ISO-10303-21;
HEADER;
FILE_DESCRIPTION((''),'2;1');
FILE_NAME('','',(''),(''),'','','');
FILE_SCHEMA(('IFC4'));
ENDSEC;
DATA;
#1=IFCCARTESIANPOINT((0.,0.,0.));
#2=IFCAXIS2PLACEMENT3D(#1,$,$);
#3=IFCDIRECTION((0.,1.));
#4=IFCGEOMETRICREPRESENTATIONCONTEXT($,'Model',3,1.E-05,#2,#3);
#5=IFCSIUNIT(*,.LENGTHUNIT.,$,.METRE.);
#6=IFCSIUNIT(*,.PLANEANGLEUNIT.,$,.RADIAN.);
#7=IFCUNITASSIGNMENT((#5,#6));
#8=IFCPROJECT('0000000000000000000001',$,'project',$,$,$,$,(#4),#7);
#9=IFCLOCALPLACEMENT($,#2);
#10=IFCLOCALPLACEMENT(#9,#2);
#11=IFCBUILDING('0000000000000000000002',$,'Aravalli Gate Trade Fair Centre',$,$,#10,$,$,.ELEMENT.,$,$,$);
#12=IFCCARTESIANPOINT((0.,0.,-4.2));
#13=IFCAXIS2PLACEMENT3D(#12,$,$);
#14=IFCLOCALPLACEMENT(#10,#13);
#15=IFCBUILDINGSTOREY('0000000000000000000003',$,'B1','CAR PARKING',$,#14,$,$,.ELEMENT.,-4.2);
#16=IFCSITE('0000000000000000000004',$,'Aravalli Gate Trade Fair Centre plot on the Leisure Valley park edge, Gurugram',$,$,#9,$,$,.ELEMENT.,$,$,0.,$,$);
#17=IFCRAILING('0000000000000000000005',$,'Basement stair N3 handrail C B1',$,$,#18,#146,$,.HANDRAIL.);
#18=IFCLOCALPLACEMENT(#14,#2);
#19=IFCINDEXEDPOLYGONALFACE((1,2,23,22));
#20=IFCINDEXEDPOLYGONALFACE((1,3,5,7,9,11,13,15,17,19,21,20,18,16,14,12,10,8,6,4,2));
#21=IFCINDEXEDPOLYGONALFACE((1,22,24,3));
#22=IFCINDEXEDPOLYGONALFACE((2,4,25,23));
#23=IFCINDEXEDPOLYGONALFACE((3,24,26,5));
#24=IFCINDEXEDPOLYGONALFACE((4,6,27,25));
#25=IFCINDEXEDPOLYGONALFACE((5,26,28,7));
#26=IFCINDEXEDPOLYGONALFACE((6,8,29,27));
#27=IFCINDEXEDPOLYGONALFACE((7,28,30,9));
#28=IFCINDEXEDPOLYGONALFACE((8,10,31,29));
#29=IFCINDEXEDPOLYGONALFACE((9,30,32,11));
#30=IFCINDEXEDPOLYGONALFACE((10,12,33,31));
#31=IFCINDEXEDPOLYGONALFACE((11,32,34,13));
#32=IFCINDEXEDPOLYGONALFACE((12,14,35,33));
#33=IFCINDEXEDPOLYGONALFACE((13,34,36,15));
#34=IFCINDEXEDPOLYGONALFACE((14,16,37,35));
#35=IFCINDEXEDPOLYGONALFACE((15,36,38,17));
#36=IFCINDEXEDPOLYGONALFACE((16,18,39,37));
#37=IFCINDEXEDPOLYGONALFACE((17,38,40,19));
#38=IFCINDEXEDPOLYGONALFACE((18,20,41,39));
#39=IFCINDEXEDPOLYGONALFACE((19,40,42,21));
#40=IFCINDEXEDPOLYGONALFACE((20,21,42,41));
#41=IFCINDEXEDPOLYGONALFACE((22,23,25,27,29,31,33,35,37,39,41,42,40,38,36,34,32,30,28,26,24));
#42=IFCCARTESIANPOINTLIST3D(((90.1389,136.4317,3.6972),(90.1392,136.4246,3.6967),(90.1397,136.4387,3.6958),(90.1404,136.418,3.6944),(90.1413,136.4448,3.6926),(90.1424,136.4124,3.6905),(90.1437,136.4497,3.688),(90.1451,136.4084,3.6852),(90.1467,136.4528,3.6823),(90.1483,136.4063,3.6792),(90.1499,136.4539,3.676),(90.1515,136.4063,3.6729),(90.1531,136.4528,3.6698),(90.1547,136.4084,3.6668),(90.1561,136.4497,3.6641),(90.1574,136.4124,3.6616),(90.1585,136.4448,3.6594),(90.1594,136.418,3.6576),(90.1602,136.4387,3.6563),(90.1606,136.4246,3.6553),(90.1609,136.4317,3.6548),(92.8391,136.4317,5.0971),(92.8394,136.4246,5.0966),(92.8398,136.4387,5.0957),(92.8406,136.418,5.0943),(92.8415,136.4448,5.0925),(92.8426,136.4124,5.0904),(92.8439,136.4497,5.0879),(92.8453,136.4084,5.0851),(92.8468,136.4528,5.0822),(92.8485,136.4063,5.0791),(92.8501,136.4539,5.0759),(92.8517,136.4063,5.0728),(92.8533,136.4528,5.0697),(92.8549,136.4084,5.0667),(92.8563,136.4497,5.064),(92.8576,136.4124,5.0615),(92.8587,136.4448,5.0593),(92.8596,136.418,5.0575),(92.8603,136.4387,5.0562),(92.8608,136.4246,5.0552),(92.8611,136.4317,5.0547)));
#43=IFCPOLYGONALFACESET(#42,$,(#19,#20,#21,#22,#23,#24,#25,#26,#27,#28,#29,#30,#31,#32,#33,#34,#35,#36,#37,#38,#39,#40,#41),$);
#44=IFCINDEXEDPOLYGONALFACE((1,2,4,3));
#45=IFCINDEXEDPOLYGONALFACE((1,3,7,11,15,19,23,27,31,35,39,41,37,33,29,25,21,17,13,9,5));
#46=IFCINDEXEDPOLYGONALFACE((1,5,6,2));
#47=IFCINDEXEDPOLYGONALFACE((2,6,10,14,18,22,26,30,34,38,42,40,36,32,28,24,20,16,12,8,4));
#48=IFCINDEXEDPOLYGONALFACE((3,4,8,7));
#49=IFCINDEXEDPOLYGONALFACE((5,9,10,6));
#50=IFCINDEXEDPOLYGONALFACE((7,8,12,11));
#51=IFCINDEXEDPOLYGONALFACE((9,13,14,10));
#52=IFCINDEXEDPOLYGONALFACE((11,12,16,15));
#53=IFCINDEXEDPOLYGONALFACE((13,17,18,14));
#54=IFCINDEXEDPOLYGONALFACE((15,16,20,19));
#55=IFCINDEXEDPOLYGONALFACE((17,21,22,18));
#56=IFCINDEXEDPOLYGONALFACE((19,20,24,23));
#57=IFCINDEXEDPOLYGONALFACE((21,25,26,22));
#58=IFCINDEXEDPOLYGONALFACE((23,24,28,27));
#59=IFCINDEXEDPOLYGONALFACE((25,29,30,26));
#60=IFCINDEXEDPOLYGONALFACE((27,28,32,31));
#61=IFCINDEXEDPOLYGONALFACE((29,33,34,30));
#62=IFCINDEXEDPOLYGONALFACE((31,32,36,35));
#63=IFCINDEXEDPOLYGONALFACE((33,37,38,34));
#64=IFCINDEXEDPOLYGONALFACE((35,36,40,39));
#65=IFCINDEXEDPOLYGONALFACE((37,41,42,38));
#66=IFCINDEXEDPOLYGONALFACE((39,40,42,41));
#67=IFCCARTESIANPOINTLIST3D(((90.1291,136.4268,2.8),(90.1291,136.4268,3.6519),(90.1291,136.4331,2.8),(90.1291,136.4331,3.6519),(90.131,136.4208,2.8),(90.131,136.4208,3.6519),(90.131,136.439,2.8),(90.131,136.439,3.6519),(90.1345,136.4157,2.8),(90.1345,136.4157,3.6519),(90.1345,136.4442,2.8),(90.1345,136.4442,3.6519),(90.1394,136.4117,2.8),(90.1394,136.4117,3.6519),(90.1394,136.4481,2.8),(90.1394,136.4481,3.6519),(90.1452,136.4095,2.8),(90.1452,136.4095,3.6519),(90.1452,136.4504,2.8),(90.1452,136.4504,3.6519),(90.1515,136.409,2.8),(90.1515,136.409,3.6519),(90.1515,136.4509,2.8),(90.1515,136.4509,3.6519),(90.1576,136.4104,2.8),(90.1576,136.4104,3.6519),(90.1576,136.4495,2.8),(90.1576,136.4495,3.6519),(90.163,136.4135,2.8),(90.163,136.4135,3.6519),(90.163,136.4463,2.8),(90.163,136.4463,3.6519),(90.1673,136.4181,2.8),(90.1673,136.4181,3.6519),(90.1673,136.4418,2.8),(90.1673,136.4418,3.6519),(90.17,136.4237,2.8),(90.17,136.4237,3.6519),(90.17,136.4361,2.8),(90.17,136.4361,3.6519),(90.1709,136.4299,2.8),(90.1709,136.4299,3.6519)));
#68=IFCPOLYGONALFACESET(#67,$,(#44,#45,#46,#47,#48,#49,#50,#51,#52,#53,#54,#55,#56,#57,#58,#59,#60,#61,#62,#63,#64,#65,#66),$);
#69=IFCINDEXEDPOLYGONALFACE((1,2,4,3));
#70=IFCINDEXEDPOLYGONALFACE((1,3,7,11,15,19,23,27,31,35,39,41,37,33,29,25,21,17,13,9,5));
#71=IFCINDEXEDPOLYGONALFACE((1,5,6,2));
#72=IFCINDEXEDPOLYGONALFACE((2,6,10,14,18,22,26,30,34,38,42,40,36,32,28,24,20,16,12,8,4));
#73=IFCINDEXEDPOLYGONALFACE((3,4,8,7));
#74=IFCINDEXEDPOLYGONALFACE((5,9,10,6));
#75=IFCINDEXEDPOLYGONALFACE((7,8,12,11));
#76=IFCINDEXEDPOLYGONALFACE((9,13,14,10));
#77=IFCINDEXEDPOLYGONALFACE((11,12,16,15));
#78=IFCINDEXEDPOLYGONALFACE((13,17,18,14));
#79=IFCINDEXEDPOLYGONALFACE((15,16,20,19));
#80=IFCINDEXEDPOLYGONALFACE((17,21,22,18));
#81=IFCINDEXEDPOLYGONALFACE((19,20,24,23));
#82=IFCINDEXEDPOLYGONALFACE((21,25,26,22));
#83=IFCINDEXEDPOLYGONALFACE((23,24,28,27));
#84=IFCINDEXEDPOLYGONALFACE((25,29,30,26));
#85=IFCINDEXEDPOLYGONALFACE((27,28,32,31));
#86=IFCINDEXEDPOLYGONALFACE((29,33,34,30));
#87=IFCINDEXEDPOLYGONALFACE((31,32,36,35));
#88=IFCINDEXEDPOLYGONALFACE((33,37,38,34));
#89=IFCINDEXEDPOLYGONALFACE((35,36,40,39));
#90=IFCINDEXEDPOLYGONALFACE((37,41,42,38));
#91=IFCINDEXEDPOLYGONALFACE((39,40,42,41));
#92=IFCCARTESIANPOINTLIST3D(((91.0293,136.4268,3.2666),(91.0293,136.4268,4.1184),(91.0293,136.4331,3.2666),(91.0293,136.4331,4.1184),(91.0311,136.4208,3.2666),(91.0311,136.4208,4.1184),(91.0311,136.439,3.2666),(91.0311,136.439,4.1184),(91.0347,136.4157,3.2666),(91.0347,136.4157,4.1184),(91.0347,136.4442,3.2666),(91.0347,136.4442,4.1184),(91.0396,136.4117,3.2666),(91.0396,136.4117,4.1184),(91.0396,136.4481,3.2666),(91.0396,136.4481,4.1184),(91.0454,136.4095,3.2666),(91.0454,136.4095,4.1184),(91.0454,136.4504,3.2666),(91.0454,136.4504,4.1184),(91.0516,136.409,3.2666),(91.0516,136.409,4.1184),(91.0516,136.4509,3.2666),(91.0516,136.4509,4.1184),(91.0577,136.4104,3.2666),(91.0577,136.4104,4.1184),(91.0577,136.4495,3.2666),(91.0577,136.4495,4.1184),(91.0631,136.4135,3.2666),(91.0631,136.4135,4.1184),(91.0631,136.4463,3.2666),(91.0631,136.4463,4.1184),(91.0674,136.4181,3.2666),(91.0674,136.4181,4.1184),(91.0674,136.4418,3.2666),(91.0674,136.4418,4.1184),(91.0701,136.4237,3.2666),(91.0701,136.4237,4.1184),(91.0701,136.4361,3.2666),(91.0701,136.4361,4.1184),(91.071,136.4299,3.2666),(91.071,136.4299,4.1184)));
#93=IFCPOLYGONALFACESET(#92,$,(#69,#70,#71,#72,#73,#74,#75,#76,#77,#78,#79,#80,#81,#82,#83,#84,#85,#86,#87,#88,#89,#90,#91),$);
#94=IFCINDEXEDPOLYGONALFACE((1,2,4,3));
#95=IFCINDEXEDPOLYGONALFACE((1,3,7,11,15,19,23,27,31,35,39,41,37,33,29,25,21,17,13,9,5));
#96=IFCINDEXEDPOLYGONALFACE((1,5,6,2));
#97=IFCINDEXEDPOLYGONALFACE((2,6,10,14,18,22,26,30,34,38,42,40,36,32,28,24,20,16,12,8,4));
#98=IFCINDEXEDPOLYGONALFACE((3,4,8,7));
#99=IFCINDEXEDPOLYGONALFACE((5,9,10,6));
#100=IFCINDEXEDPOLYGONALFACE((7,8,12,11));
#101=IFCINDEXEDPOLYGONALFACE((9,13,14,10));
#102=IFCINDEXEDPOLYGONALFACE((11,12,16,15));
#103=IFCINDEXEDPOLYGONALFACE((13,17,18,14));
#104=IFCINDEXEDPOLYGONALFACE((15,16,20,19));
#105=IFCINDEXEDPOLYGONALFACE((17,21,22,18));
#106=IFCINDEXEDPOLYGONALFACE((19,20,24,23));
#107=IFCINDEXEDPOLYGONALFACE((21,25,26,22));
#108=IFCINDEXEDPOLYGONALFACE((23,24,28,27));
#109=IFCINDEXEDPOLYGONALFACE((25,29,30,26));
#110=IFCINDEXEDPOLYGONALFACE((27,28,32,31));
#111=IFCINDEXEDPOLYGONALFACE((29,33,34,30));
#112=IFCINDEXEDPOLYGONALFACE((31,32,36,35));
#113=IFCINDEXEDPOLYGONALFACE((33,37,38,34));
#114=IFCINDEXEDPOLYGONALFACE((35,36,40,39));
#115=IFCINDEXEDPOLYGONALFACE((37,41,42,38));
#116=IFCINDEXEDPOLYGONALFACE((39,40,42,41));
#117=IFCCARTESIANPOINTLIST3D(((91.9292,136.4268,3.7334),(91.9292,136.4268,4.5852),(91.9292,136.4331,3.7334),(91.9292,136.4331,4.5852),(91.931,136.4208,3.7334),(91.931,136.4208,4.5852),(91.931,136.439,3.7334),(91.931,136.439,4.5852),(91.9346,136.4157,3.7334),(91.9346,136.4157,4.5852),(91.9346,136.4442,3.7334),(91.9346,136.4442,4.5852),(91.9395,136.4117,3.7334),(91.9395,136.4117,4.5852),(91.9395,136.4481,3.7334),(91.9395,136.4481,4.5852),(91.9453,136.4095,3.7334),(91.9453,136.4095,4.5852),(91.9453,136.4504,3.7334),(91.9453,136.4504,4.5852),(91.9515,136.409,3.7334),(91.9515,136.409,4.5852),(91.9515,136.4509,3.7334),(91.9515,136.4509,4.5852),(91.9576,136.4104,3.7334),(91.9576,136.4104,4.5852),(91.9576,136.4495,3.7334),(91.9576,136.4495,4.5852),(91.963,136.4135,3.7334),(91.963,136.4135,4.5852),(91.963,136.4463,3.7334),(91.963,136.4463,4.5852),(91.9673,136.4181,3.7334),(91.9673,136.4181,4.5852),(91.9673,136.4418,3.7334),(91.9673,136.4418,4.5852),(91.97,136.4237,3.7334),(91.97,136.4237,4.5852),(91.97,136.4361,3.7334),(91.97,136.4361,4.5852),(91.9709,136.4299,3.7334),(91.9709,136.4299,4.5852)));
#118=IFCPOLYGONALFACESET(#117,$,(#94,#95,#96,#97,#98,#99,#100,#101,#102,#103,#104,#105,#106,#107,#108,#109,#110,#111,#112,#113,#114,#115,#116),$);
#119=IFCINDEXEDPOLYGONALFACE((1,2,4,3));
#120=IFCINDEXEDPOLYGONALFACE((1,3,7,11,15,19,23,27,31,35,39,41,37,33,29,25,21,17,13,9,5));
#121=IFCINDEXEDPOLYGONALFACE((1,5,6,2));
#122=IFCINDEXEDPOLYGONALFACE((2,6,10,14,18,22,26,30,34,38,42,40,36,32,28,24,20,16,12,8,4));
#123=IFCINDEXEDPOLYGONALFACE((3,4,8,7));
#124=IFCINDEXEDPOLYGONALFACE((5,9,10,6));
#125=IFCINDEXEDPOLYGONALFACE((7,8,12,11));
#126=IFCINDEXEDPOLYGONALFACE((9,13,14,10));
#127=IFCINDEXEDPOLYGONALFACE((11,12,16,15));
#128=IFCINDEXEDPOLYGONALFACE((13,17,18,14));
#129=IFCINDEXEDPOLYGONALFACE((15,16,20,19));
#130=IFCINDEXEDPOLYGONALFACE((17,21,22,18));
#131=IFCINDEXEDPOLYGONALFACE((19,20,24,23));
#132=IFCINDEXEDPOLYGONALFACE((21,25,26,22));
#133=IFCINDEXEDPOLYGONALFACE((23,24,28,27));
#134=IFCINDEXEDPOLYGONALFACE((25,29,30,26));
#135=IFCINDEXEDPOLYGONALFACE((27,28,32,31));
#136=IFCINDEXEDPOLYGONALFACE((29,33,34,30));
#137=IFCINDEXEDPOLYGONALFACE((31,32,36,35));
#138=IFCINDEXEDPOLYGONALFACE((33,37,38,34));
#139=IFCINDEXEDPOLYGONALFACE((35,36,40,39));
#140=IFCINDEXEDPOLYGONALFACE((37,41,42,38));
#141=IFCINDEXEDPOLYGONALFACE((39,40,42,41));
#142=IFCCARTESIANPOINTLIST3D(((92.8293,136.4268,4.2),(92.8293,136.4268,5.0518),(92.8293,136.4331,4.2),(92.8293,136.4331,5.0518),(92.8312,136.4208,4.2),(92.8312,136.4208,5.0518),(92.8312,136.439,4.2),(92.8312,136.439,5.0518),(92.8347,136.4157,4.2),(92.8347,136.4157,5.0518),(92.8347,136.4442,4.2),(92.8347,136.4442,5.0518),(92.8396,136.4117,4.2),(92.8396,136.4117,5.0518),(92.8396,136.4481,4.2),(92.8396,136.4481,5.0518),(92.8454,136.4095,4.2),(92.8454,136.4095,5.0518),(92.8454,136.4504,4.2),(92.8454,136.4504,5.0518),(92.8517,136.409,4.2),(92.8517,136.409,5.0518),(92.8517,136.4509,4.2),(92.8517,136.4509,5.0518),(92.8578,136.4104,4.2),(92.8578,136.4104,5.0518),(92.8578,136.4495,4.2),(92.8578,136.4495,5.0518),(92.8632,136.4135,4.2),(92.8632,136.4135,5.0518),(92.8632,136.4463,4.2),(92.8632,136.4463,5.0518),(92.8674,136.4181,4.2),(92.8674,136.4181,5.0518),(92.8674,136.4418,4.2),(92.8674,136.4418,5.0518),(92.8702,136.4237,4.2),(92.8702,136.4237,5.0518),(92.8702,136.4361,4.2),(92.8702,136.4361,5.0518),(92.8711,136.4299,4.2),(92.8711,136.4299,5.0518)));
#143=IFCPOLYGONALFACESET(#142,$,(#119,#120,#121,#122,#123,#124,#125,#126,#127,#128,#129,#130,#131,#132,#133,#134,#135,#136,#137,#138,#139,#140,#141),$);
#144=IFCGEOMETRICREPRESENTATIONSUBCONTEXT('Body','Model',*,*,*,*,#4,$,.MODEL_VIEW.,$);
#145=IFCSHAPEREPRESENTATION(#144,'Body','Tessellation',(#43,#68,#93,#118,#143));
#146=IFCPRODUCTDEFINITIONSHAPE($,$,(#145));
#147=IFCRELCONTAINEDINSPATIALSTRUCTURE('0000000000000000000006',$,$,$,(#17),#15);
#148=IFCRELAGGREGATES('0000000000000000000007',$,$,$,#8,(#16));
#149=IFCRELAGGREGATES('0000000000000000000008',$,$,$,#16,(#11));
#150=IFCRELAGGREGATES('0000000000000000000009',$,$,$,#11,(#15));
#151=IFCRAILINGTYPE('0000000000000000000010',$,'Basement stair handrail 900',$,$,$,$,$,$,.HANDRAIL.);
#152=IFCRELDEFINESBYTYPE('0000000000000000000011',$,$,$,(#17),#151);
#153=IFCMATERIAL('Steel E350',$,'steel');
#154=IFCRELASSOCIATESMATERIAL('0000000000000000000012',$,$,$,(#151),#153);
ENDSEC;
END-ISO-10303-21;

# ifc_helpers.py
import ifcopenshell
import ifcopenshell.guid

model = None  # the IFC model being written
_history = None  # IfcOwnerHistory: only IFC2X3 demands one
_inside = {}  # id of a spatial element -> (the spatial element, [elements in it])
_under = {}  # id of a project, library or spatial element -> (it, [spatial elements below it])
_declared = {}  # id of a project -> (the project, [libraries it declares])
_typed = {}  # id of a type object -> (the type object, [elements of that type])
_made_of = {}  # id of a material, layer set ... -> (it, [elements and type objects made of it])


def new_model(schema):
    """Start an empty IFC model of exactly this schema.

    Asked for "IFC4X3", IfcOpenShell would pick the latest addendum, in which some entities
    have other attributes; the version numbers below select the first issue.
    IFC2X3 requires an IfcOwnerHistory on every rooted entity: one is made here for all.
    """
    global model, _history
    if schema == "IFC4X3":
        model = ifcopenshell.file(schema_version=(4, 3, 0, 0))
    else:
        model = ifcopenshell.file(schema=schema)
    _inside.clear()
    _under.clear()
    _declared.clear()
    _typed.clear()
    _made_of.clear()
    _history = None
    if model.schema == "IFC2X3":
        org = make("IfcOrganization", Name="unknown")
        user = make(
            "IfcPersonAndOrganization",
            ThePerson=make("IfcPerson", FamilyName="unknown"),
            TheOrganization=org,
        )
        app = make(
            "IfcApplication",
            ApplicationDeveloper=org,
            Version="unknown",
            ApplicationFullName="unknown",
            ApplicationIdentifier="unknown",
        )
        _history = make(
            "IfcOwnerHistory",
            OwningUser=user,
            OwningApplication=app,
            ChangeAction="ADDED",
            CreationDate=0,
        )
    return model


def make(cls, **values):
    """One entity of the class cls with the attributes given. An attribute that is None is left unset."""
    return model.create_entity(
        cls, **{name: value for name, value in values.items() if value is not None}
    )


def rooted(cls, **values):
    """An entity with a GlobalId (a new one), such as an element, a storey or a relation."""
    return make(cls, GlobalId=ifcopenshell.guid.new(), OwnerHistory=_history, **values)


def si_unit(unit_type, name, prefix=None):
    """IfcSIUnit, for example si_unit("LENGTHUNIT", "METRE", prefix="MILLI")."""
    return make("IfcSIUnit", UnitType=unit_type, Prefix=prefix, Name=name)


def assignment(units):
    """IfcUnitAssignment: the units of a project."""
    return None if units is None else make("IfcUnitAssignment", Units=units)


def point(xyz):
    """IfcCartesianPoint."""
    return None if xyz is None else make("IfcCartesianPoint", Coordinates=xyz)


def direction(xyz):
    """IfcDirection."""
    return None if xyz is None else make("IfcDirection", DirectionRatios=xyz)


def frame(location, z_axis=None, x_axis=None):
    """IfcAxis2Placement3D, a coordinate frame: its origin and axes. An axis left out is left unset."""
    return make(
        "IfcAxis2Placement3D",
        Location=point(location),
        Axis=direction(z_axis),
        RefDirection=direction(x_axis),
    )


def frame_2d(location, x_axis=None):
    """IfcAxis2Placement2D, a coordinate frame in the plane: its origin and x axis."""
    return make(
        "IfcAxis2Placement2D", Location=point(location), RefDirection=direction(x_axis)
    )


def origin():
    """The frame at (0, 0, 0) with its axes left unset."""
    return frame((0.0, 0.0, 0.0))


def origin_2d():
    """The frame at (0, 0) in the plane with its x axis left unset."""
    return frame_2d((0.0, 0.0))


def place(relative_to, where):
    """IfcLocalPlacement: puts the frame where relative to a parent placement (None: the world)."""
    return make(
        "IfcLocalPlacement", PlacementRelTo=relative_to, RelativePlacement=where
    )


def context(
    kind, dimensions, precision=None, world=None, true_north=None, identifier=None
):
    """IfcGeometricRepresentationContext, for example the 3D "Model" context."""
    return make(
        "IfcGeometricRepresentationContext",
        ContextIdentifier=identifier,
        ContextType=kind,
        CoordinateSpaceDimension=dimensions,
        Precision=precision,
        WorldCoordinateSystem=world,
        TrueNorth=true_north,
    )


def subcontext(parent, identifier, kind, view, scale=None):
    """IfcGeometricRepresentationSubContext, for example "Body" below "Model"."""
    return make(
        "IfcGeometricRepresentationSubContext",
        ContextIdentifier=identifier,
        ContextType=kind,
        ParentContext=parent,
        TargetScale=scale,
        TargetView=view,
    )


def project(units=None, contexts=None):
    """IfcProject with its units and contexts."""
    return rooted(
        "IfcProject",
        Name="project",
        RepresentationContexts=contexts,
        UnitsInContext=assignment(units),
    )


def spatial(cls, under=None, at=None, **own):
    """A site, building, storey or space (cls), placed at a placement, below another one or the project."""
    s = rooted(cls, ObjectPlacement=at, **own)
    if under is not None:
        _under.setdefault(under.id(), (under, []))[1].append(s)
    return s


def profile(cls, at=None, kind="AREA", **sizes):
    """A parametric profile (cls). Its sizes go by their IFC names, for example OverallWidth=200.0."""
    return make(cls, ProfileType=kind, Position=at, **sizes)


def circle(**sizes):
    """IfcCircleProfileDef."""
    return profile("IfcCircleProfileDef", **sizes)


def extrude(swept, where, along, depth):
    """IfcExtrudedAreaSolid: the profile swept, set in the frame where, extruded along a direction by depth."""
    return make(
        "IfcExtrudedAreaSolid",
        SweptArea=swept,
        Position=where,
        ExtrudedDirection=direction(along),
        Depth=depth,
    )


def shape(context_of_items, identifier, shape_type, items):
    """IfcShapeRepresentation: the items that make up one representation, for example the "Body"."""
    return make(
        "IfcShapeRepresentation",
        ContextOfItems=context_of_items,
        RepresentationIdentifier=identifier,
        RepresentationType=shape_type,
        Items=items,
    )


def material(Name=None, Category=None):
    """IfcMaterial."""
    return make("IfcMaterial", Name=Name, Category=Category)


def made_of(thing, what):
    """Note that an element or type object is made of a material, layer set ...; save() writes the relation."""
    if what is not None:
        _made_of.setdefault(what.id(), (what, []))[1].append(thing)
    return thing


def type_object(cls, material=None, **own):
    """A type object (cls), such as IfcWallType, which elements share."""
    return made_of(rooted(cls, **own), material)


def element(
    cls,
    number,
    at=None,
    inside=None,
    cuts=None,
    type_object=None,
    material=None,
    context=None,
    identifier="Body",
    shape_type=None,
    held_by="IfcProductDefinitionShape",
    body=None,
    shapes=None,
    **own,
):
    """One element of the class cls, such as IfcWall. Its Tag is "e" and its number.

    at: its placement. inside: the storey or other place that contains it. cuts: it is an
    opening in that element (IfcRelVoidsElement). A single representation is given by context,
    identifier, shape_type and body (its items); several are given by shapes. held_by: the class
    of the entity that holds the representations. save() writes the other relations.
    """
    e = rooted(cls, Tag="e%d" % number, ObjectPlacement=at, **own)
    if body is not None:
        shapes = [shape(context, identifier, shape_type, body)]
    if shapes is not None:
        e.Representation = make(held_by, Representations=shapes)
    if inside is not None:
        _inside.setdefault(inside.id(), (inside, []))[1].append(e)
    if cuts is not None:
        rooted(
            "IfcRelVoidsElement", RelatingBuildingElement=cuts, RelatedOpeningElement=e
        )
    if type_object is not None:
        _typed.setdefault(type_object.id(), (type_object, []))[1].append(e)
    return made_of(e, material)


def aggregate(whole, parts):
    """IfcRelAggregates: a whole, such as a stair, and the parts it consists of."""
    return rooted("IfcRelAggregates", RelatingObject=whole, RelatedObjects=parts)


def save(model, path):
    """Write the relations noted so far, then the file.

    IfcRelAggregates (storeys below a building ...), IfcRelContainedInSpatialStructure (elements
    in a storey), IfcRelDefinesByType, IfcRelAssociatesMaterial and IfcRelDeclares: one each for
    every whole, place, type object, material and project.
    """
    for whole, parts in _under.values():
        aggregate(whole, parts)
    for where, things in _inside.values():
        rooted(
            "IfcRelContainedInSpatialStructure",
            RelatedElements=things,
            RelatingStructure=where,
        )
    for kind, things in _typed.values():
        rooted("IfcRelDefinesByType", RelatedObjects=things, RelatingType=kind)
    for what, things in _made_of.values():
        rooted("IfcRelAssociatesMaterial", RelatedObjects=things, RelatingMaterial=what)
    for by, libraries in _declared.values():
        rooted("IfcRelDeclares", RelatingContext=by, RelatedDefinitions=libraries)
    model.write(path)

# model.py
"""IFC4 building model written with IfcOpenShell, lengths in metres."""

from ifc_helpers import new_model, si_unit, direction, frame, origin, origin_2d, place, context, subcontext, project, spatial, circle, extrude, material, type_object, element, save


model = new_model("IFC4")

# Units and contexts
model_context = context("Model", 3, precision=1e-05, world=origin(), true_north=direction((0.0, 1.0)))
body_context = subcontext(model_context, "Body", "Model", "MODEL_VIEW")
ifc_project = project(units=[si_unit("LENGTHUNIT", "METRE"), si_unit("PLANEANGLEUNIT", "RADIAN")], contexts=[model_context])

# Site, building, storey
site_placement = place(None, origin())
site = spatial("IfcSite", under=ifc_project, at=site_placement, Name="Aravalli Gate Trade Fair Centre plot on the Leisure Valley park edge, Gurugram", CompositionType="ELEMENT", RefElevation=0.0)
building_placement = place(site_placement, origin())
building = spatial("IfcBuilding", under=site, at=building_placement, Name="Aravalli Gate Trade Fair Centre", CompositionType="ELEMENT")
storey_placement = place(building_placement, frame((0.0, 0.0, -4.2)))
storey = spatial("IfcBuildingStorey", under=building, at=storey_placement, Name="B1", Description="CAR PARKING", CompositionType="ELEMENT", Elevation=-4.2)

# Railing
ifc_material_1 = material(Name="Steel E350", Category="steel")
railing_type_1 = type_object("IfcRailingType", Name="Basement stair handrail 900", PredefinedType="HANDRAIL", material=ifc_material_1)
for number, where, name in (
    (1, (90.1499, 136.4299, 2.8), "Basement stair N3 handrail C B1"),
):
    element("IfcRailing", number, at=place(storey_placement, frame(where)), inside=storey, type_object=railing_type_1, Name=name, PredefinedType="HANDRAIL", context=body_context, shape_type="SweptSolid", body=[
        extrude(circle(Radius=0.0239, at=origin_2d()), frame((0.0, 0.0, 0.876), z_axis=(0.887781, 0.0, 0.460266), x_axis=(0.0, 1.0, 0.0)), (0.0, 0.0, 1.0), 3.0415),
        extrude(circle(Radius=0.021, at=origin_2d()), origin(), (0.0, 0.0, 1.0), 0.8518),
        extrude(circle(Radius=0.021, at=origin_2d()), frame((0.9001, 0.0, 0.4666)), (0.0, 0.0, 1.0), 0.8518),
        extrude(circle(Radius=0.021, at=origin_2d()), frame((1.8, 0.0, 0.9333)), (0.0, 0.0, 1.0), 0.8518),
        extrude(circle(Radius=0.021, at=origin_2d()), frame((2.7002, 0.0, 1.3999)), (0.0, 0.0, 1.0), 0.8518),
    ])

save(model, "model.ifc")
